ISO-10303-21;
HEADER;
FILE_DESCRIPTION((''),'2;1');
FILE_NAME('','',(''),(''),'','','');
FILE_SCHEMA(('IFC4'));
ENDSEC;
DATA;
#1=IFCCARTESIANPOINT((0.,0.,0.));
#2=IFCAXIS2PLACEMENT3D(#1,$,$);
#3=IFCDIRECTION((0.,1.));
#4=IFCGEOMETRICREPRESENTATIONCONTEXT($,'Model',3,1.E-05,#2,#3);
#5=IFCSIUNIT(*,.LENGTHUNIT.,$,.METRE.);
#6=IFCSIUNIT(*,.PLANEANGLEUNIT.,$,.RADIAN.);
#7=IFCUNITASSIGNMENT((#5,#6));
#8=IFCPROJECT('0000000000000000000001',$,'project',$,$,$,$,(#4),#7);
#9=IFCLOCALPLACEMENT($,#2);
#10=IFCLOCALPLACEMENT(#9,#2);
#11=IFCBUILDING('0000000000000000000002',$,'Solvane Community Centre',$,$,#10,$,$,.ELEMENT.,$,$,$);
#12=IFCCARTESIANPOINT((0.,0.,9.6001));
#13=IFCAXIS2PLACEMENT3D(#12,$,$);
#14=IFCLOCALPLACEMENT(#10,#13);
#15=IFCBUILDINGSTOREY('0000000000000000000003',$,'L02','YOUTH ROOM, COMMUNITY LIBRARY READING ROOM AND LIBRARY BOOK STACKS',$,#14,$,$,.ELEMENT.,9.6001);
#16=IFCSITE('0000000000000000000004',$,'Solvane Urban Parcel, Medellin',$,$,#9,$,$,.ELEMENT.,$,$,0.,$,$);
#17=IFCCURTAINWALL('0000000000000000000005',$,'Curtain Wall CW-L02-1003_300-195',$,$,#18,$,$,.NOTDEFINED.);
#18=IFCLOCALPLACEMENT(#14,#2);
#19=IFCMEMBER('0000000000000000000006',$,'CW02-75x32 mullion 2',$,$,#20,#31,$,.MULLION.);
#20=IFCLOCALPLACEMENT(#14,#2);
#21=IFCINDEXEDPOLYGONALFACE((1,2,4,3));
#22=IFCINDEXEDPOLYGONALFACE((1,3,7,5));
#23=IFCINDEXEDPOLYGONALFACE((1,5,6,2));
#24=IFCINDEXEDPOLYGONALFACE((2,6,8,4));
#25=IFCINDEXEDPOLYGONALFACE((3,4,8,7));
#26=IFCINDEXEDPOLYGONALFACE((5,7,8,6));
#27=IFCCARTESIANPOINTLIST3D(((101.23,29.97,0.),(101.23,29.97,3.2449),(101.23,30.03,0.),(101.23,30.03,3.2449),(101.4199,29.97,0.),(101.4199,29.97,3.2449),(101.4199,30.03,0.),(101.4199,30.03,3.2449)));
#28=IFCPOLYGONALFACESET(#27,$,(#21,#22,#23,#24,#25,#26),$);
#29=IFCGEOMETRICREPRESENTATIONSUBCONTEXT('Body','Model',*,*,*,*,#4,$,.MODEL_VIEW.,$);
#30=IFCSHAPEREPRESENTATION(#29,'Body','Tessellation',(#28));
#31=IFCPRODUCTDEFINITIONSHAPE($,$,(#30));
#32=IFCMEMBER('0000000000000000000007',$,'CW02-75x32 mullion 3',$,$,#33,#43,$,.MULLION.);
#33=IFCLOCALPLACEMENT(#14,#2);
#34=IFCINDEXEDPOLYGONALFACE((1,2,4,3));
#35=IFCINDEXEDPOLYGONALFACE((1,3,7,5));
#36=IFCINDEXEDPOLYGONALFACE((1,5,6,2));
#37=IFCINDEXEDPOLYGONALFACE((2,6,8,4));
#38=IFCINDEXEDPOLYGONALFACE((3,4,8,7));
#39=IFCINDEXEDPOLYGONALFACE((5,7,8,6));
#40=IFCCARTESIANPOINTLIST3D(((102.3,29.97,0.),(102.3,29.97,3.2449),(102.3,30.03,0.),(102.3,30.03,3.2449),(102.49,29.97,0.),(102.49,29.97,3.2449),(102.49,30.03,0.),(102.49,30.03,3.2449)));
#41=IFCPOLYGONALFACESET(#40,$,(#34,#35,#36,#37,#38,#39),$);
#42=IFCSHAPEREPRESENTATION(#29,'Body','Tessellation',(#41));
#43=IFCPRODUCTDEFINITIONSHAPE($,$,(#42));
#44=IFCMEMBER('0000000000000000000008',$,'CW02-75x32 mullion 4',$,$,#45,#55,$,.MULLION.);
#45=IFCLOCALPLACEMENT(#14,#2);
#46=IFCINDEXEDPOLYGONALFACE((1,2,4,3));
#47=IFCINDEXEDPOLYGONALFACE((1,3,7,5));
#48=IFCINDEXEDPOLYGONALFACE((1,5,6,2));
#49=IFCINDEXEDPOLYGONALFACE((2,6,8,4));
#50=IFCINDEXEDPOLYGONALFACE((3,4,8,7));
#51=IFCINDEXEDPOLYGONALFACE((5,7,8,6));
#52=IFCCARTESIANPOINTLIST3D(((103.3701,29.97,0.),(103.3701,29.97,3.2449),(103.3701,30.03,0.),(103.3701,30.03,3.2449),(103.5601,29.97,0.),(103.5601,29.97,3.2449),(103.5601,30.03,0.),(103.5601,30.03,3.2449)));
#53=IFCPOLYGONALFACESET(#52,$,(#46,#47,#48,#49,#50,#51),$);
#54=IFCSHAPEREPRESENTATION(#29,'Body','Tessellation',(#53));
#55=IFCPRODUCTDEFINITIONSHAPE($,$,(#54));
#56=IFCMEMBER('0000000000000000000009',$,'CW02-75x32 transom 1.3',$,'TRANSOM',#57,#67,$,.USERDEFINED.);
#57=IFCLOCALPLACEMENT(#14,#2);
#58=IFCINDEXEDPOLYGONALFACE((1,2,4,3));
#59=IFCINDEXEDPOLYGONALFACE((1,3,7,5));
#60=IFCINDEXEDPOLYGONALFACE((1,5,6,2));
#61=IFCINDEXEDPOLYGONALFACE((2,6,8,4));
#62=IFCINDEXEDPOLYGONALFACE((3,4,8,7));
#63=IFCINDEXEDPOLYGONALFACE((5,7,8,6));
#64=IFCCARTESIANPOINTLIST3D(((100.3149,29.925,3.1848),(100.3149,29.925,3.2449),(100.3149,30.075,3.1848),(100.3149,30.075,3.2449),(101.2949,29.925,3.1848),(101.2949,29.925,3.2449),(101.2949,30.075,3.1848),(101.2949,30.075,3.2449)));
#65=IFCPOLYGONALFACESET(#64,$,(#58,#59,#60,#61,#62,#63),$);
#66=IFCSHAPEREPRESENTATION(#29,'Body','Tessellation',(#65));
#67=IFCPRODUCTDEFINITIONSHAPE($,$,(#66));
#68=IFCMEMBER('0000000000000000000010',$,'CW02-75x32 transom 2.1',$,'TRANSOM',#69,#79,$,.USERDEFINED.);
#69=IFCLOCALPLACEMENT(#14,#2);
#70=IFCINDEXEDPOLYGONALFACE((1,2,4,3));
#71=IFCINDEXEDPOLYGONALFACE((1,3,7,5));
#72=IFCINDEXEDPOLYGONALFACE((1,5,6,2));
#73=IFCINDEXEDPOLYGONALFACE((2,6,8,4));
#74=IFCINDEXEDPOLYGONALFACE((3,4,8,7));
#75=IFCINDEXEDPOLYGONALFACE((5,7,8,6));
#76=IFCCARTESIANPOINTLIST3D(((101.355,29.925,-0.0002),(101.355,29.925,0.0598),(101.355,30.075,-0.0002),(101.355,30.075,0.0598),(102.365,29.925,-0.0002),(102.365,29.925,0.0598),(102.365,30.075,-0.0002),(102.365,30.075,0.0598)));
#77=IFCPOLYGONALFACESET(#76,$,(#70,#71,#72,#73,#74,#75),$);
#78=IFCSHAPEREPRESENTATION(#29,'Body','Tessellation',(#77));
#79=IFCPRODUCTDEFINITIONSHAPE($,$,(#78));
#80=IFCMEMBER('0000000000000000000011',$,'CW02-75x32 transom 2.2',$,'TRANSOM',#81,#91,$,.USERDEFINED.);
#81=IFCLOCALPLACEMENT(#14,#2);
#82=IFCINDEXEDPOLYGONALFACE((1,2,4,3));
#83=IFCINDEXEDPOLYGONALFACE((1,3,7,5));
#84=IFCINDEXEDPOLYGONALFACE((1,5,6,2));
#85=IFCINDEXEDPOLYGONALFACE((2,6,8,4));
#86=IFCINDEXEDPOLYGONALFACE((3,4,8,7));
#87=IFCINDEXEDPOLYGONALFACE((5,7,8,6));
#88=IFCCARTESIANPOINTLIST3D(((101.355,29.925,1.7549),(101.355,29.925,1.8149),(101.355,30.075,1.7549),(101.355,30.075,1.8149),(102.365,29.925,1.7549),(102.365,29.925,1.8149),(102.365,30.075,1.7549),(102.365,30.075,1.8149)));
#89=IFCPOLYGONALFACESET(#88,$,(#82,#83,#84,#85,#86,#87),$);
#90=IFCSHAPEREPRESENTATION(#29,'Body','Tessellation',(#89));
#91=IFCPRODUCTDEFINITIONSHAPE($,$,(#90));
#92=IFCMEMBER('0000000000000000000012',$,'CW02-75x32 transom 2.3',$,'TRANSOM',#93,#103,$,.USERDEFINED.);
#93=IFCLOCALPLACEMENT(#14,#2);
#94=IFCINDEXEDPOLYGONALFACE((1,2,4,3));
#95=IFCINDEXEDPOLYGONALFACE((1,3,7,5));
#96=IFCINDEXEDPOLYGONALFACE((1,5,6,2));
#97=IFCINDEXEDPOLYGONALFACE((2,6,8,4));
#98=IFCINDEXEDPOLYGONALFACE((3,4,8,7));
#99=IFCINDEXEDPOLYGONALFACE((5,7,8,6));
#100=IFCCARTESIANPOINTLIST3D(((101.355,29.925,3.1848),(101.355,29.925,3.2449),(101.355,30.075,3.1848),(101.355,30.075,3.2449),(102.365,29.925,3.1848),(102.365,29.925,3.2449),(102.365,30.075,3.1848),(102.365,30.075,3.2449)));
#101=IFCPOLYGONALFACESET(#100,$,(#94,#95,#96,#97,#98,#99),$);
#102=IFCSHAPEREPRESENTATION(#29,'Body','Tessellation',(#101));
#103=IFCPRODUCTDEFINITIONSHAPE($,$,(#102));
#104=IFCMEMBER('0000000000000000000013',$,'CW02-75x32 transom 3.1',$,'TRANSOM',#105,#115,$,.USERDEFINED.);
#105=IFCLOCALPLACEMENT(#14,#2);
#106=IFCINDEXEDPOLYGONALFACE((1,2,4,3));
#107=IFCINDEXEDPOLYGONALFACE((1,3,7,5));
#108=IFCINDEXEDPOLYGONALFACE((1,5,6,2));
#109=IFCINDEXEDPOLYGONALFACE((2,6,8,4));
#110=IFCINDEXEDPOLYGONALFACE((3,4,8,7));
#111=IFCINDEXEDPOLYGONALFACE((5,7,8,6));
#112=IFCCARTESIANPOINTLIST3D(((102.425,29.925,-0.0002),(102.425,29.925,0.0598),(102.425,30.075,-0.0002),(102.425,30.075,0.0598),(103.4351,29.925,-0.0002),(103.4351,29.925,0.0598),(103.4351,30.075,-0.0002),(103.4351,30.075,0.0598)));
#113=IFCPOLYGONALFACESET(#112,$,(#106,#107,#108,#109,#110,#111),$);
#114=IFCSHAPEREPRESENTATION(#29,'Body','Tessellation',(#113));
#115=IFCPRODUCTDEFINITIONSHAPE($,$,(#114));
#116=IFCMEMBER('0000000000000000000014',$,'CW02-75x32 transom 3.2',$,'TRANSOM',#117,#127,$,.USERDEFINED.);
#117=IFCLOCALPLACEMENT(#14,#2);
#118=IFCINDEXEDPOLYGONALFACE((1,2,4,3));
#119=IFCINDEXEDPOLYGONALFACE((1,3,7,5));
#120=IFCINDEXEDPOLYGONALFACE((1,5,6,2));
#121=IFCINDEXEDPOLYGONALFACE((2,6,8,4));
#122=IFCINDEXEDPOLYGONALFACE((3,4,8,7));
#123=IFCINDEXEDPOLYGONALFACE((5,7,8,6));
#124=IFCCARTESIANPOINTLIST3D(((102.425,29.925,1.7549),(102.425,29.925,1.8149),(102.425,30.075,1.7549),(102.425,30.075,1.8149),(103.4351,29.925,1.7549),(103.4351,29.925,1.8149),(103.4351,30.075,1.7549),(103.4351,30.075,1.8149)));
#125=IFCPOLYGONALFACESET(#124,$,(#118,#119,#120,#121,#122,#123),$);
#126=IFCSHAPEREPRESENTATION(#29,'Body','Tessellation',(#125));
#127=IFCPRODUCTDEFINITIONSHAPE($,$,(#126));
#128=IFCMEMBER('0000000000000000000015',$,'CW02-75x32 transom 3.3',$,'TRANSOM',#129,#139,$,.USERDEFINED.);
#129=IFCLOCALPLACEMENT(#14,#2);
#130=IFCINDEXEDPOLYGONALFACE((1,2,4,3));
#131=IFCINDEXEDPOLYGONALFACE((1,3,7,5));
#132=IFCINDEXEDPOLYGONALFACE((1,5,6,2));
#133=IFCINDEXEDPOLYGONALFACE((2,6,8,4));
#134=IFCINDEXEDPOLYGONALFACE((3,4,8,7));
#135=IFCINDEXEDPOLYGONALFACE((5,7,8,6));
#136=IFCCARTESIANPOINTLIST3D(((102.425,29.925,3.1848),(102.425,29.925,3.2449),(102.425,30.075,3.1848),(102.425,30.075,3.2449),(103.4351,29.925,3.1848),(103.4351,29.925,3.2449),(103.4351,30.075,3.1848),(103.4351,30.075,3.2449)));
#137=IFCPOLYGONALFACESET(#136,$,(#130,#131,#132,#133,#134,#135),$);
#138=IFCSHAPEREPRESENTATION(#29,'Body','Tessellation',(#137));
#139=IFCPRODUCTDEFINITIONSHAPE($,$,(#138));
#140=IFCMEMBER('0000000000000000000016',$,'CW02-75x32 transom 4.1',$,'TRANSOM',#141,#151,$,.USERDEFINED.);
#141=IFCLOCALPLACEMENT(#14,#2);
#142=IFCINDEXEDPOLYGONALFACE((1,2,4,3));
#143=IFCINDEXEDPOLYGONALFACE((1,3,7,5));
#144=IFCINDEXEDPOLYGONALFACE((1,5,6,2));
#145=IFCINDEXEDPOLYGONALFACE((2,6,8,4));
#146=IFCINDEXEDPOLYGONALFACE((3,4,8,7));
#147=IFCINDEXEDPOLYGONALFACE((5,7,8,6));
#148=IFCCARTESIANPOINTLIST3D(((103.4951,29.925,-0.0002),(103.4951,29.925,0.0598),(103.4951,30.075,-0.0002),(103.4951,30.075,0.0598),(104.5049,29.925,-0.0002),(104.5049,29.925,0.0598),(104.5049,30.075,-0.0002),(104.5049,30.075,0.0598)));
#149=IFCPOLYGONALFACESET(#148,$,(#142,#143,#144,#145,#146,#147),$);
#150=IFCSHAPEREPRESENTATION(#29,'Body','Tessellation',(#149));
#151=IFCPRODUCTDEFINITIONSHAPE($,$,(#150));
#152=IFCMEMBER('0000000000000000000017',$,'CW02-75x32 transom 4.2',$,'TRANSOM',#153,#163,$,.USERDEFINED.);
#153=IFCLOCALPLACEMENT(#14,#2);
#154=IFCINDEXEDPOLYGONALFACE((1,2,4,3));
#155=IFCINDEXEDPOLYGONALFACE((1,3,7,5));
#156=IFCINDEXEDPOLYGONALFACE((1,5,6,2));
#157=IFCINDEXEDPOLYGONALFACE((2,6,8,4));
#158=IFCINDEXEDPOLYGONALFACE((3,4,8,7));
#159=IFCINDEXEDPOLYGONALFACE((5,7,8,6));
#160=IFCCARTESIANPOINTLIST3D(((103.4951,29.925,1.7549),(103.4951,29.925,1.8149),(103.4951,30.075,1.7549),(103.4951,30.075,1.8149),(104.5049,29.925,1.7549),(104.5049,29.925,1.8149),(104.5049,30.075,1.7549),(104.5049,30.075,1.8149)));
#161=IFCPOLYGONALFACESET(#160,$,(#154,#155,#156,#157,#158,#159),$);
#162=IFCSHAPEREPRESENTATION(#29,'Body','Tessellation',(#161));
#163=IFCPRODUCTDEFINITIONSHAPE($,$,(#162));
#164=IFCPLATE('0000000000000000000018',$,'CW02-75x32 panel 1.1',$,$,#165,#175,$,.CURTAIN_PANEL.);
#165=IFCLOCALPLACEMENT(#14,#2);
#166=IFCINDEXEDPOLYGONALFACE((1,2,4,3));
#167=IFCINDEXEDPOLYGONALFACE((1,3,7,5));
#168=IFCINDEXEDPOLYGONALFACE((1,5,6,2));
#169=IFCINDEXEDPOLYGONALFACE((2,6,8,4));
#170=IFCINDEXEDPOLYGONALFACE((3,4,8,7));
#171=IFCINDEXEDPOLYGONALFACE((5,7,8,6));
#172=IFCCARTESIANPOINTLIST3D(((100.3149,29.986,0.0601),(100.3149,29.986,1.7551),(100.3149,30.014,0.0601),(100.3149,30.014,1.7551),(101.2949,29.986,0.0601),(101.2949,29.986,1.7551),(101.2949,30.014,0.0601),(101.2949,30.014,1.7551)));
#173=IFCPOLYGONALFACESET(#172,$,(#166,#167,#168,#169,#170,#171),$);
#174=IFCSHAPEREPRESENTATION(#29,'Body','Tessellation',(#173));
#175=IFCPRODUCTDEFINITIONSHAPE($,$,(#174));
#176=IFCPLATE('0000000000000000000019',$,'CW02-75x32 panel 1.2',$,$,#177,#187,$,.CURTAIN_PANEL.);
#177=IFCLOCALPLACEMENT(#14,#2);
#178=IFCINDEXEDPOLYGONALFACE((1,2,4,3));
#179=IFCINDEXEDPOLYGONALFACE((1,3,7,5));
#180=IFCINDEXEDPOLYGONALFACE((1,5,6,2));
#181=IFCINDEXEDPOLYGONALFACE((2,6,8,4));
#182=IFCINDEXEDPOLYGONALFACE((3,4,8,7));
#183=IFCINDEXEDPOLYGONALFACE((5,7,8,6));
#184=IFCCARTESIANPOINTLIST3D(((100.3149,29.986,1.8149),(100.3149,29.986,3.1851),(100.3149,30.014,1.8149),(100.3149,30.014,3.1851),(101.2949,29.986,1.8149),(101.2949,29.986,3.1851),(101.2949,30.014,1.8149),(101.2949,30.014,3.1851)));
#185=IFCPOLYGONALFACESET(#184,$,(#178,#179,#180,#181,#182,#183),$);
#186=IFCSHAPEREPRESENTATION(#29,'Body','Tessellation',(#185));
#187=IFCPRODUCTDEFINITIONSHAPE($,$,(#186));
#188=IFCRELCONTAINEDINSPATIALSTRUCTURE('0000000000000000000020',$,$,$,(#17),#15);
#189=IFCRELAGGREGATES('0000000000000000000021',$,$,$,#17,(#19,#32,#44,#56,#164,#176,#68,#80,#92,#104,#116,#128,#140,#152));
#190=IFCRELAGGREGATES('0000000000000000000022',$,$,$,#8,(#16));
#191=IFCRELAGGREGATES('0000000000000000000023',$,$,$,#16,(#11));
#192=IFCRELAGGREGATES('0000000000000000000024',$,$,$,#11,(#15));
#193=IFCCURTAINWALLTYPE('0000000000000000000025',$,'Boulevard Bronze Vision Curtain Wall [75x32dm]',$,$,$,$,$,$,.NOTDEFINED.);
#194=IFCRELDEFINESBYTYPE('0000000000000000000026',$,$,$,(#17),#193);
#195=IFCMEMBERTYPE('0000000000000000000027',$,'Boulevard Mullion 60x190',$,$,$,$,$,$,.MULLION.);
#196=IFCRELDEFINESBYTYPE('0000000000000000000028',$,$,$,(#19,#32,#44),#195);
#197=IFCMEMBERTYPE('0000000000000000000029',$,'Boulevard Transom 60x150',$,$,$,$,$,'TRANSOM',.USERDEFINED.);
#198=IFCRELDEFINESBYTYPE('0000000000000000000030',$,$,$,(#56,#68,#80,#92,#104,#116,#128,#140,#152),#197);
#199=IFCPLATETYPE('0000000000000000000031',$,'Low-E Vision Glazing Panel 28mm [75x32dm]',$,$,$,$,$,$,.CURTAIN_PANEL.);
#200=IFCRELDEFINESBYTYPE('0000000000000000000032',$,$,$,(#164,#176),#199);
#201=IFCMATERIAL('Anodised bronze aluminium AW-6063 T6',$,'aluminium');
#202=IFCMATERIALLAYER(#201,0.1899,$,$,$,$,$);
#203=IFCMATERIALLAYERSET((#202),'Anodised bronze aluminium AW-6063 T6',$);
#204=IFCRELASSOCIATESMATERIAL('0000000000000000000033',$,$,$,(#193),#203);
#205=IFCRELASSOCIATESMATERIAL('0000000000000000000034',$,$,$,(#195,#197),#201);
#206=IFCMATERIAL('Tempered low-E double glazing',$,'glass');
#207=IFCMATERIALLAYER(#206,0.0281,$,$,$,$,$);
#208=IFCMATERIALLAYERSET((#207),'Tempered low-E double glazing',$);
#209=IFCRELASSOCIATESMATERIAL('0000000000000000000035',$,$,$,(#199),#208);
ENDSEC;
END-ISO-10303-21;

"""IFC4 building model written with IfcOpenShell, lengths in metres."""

from ifc_helpers import new_model, si_unit, direction, frame, origin, origin_2d, place, context, subcontext, project, spatial, rectangle, extrude, material, layer, layer_set, material_profile, profile_set, type_object, element, aggregate, save


model = new_model("IFC4")

# Units and contexts
model_context = context("Model", 3, precision=1e-05, world=origin(), true_north=direction((0.0, 1.0)))
body_context = subcontext(model_context, "Body", "Model", "MODEL_VIEW")
ifc_project = project(units=[si_unit("LENGTHUNIT", "METRE"), si_unit("PLANEANGLEUNIT", "RADIAN")], contexts=[model_context])

# Site, building, storey
site_placement = place(None, origin())
site = spatial("IfcSite", under=ifc_project, at=site_placement, Name="Solvane Urban Parcel, Medellin", CompositionType="ELEMENT", RefElevation=0.0)
building_placement = place(site_placement, origin())
building = spatial("IfcBuilding", under=site, at=building_placement, Name="Solvane Community Centre", CompositionType="ELEMENT")
storey_placement = place(building_placement, frame((0.0, 0.0, 9.6001)))
storey = spatial("IfcBuildingStorey", under=building, at=storey_placement, Name="L02", Description="YOUTH ROOM, COMMUNITY LIBRARY READING ROOM AND LIBRARY BOOK STACKS", CompositionType="ELEMENT", Elevation=9.6001)

# Curtain wall, members, plates
ifc_material_1 = material(Name="Anodised bronze aluminium AW-6063 T6", Category="aluminium")
ifc_layer_1 = layer(ifc_material_1, 0.1899)
ifc_layer_set_1 = layer_set([ifc_layer_1], Name="Anodised bronze aluminium AW-6063 T6")
curtain_wall_type = type_object("IfcCurtainWallType", Name="Boulevard Bronze Vision Curtain Wall [75x32dm]", PredefinedType="NOTDEFINED", material=ifc_layer_set_1)
curtain_wall_placement = place(storey_placement, origin())
curtain_wall = element("IfcCurtainWall", 1, at=curtain_wall_placement, inside=storey, type_object=curtain_wall_type, Name="Curtain Wall CW-L02-1003_300-195", PredefinedType="NOTDEFINED")
ifc_material_profile_1 = material_profile(ifc_material_1, rectangle(XDim=0.0601, YDim=0.1899, at=origin_2d()), Name="CW-M 60x190")
ifc_profile_set_1 = profile_set([ifc_material_profile_1], Name="Anodised bronze aluminium AW-6063 T6")
member_type_1 = type_object("IfcMemberType", Name="Boulevard Mullion 60x190", PredefinedType="MULLION", material=ifc_profile_set_1)
member_1_placement = place(storey_placement, frame((101.325, 30.0, 0.0), z_axis=(0.0, 0.0, 1.0), x_axis=(0.0, 1.0, 0.0)))
member_1 = element("IfcMember", 2, at=member_1_placement, type_object=member_type_1, Name="CW02-75x32 mullion 2", PredefinedType="MULLION", context=body_context, shape_type="SweptSolid", body=[
    extrude(rectangle(XDim=0.0601, YDim=0.1899, at=origin_2d()), origin(), (0.0, 0.0, 1.0), 3.2449),
])
member_2_placement = place(storey_placement, frame((102.395, 30.0, 0.0), z_axis=(0.0, 0.0, 1.0), x_axis=(0.0, 1.0, 0.0)))
member_2 = element("IfcMember", 3, at=member_2_placement, type_object=member_type_1, Name="CW02-75x32 mullion 3", PredefinedType="MULLION", context=body_context, shape_type="SweptSolid", body=[
    extrude(rectangle(XDim=0.0601, YDim=0.1899, at=origin_2d()), origin(), (0.0, 0.0, 1.0), 3.2449),
])
member_3_placement = place(storey_placement, frame((103.4651, 30.0, 0.0), z_axis=(0.0, 0.0, 1.0), x_axis=(0.0, 1.0, 0.0)))
member_3 = element("IfcMember", 4, at=member_3_placement, type_object=member_type_1, Name="CW02-75x32 mullion 4", PredefinedType="MULLION", context=body_context, shape_type="SweptSolid", body=[
    extrude(rectangle(XDim=0.0601, YDim=0.1899, at=origin_2d()), origin(), (0.0, 0.0, 1.0), 3.2449),
])
ifc_material_profile_2 = material_profile(ifc_material_1, rectangle(XDim=0.1499, YDim=0.0601, at=origin_2d()), Name="CW-T 60x150")
ifc_profile_set_2 = profile_set([ifc_material_profile_2], Name="Anodised bronze aluminium AW-6063 T6")
member_type_2 = type_object("IfcMemberType", Name="Boulevard Transom 60x150", ElementType="TRANSOM", PredefinedType="USERDEFINED", material=ifc_profile_set_2)
member_4_placement = place(storey_placement, frame((100.3149, 30.0, 3.2148), z_axis=(1.0, 0.0, 0.0), x_axis=(0.0, 1.0, 0.0)))
member_4 = element("IfcMember", 5, at=member_4_placement, type_object=member_type_2, Name="CW02-75x32 transom 1.3", ObjectType="TRANSOM", PredefinedType="USERDEFINED", context=body_context, shape_type="SweptSolid", body=[
    extrude(rectangle(XDim=0.1499, YDim=0.0601, at=origin_2d()), origin(), (0.0, 0.0, 1.0), 0.98),
])
member_5_placement = place(storey_placement, frame((101.355, 30.0, 0.0298), z_axis=(1.0, 0.0, 0.0), x_axis=(0.0, 1.0, 0.0)))
member_5 = element("IfcMember", 6, at=member_5_placement, type_object=member_type_2, Name="CW02-75x32 transom 2.1", ObjectType="TRANSOM", PredefinedType="USERDEFINED", context=body_context, shape_type="SweptSolid", body=[
    extrude(rectangle(XDim=0.1499, YDim=0.0601, at=origin_2d()), origin(), (0.0, 0.0, 1.0), 1.01),
])
member_6_placement = place(storey_placement, frame((101.355, 30.0, 1.7849), z_axis=(1.0, 0.0, 0.0), x_axis=(0.0, 1.0, 0.0)))
member_6 = element("IfcMember", 7, at=member_6_placement, type_object=member_type_2, Name="CW02-75x32 transom 2.2", ObjectType="TRANSOM", PredefinedType="USERDEFINED", context=body_context, shape_type="SweptSolid", body=[
    extrude(rectangle(XDim=0.1499, YDim=0.0601, at=origin_2d()), origin(), (0.0, 0.0, 1.0), 1.01),
])
member_7_placement = place(storey_placement, frame((101.355, 30.0, 3.2148), z_axis=(1.0, 0.0, 0.0), x_axis=(0.0, 1.0, 0.0)))
member_7 = element("IfcMember", 8, at=member_7_placement, type_object=member_type_2, Name="CW02-75x32 transom 2.3", ObjectType="TRANSOM", PredefinedType="USERDEFINED", context=body_context, shape_type="SweptSolid", body=[
    extrude(rectangle(XDim=0.1499, YDim=0.0601, at=origin_2d()), origin(), (0.0, 0.0, 1.0), 1.01),
])
member_8_placement = place(storey_placement, frame((102.425, 30.0, 0.0298), z_axis=(1.0, 0.0, 0.0), x_axis=(0.0, 1.0, 0.0)))
member_8 = element("IfcMember", 9, at=member_8_placement, type_object=member_type_2, Name="CW02-75x32 transom 3.1", ObjectType="TRANSOM", PredefinedType="USERDEFINED", context=body_context, shape_type="SweptSolid", body=[
    extrude(rectangle(XDim=0.1499, YDim=0.0601, at=origin_2d()), origin(), (0.0, 0.0, 1.0), 1.01),
])
member_9_placement = place(storey_placement, frame((102.425, 30.0, 1.7849), z_axis=(1.0, 0.0, 0.0), x_axis=(0.0, 1.0, 0.0)))
member_9 = element("IfcMember", 10, at=member_9_placement, type_object=member_type_2, Name="CW02-75x32 transom 3.2", ObjectType="TRANSOM", PredefinedType="USERDEFINED", context=body_context, shape_type="SweptSolid", body=[
    extrude(rectangle(XDim=0.1499, YDim=0.0601, at=origin_2d()), origin(), (0.0, 0.0, 1.0), 1.01),
])
member_10_placement = place(storey_placement, frame((102.425, 30.0, 3.2148), z_axis=(1.0, 0.0, 0.0), x_axis=(0.0, 1.0, 0.0)))
member_10 = element("IfcMember", 11, at=member_10_placement, type_object=member_type_2, Name="CW02-75x32 transom 3.3", ObjectType="TRANSOM", PredefinedType="USERDEFINED", context=body_context, shape_type="SweptSolid", body=[
    extrude(rectangle(XDim=0.1499, YDim=0.0601, at=origin_2d()), origin(), (0.0, 0.0, 1.0), 1.01),
])
member_11_placement = place(storey_placement, frame((103.4951, 30.0, 0.0298), z_axis=(1.0, 0.0, 0.0), x_axis=(0.0, 1.0, 0.0)))
member_11 = element("IfcMember", 12, at=member_11_placement, type_object=member_type_2, Name="CW02-75x32 transom 4.1", ObjectType="TRANSOM", PredefinedType="USERDEFINED", context=body_context, shape_type="SweptSolid", body=[
    extrude(rectangle(XDim=0.1499, YDim=0.0601, at=origin_2d()), origin(), (0.0, 0.0, 1.0), 1.0098),
])
member_12_placement = place(storey_placement, frame((103.4951, 30.0, 1.7849), z_axis=(1.0, 0.0, 0.0), x_axis=(0.0, 1.0, 0.0)))
member_12 = element("IfcMember", 13, at=member_12_placement, type_object=member_type_2, Name="CW02-75x32 transom 4.2", ObjectType="TRANSOM", PredefinedType="USERDEFINED", context=body_context, shape_type="SweptSolid", body=[
    extrude(rectangle(XDim=0.1499, YDim=0.0601, at=origin_2d()), origin(), (0.0, 0.0, 1.0), 1.0098),
])
ifc_material_2 = material(Name="Tempered low-E double glazing", Category="glass")
ifc_layer_2 = layer(ifc_material_2, 0.0281)
ifc_layer_set_2 = layer_set([ifc_layer_2], Name="Tempered low-E double glazing")
plate_type = type_object("IfcPlateType", Name="Low-E Vision Glazing Panel 28mm [75x32dm]", PredefinedType="CURTAIN_PANEL", material=ifc_layer_set_2)
plate_1_placement = place(storey_placement, frame((100.8049, 30.0, 0.0601), z_axis=(0.0, 0.0, 1.0), x_axis=(1.0, 0.0, 0.0)))
plate_1 = element("IfcPlate", 14, at=plate_1_placement, type_object=plate_type, Name="CW02-75x32 panel 1.1", PredefinedType="CURTAIN_PANEL", context=body_context, shape_type="SweptSolid", body=[
    extrude(rectangle(XDim=0.98, YDim=0.0281, at=origin_2d()), origin(), (0.0, 0.0, 1.0), 1.6951),
])
plate_2_placement = place(storey_placement, frame((100.8049, 30.0, 1.8149), z_axis=(0.0, 0.0, 1.0), x_axis=(1.0, 0.0, 0.0)))
plate_2 = element("IfcPlate", 15, at=plate_2_placement, type_object=plate_type, Name="CW02-75x32 panel 1.2", PredefinedType="CURTAIN_PANEL", context=body_context, shape_type="SweptSolid", body=[
    extrude(rectangle(XDim=0.98, YDim=0.0281, at=origin_2d()), origin(), (0.0, 0.0, 1.0), 1.3701),
])
aggregate(curtain_wall, [member_1, member_2, member_3, member_4, plate_1, plate_2, member_5, member_6, member_7, member_8, member_9, member_10, member_11, member_12])

save(model, "model.ifc")
